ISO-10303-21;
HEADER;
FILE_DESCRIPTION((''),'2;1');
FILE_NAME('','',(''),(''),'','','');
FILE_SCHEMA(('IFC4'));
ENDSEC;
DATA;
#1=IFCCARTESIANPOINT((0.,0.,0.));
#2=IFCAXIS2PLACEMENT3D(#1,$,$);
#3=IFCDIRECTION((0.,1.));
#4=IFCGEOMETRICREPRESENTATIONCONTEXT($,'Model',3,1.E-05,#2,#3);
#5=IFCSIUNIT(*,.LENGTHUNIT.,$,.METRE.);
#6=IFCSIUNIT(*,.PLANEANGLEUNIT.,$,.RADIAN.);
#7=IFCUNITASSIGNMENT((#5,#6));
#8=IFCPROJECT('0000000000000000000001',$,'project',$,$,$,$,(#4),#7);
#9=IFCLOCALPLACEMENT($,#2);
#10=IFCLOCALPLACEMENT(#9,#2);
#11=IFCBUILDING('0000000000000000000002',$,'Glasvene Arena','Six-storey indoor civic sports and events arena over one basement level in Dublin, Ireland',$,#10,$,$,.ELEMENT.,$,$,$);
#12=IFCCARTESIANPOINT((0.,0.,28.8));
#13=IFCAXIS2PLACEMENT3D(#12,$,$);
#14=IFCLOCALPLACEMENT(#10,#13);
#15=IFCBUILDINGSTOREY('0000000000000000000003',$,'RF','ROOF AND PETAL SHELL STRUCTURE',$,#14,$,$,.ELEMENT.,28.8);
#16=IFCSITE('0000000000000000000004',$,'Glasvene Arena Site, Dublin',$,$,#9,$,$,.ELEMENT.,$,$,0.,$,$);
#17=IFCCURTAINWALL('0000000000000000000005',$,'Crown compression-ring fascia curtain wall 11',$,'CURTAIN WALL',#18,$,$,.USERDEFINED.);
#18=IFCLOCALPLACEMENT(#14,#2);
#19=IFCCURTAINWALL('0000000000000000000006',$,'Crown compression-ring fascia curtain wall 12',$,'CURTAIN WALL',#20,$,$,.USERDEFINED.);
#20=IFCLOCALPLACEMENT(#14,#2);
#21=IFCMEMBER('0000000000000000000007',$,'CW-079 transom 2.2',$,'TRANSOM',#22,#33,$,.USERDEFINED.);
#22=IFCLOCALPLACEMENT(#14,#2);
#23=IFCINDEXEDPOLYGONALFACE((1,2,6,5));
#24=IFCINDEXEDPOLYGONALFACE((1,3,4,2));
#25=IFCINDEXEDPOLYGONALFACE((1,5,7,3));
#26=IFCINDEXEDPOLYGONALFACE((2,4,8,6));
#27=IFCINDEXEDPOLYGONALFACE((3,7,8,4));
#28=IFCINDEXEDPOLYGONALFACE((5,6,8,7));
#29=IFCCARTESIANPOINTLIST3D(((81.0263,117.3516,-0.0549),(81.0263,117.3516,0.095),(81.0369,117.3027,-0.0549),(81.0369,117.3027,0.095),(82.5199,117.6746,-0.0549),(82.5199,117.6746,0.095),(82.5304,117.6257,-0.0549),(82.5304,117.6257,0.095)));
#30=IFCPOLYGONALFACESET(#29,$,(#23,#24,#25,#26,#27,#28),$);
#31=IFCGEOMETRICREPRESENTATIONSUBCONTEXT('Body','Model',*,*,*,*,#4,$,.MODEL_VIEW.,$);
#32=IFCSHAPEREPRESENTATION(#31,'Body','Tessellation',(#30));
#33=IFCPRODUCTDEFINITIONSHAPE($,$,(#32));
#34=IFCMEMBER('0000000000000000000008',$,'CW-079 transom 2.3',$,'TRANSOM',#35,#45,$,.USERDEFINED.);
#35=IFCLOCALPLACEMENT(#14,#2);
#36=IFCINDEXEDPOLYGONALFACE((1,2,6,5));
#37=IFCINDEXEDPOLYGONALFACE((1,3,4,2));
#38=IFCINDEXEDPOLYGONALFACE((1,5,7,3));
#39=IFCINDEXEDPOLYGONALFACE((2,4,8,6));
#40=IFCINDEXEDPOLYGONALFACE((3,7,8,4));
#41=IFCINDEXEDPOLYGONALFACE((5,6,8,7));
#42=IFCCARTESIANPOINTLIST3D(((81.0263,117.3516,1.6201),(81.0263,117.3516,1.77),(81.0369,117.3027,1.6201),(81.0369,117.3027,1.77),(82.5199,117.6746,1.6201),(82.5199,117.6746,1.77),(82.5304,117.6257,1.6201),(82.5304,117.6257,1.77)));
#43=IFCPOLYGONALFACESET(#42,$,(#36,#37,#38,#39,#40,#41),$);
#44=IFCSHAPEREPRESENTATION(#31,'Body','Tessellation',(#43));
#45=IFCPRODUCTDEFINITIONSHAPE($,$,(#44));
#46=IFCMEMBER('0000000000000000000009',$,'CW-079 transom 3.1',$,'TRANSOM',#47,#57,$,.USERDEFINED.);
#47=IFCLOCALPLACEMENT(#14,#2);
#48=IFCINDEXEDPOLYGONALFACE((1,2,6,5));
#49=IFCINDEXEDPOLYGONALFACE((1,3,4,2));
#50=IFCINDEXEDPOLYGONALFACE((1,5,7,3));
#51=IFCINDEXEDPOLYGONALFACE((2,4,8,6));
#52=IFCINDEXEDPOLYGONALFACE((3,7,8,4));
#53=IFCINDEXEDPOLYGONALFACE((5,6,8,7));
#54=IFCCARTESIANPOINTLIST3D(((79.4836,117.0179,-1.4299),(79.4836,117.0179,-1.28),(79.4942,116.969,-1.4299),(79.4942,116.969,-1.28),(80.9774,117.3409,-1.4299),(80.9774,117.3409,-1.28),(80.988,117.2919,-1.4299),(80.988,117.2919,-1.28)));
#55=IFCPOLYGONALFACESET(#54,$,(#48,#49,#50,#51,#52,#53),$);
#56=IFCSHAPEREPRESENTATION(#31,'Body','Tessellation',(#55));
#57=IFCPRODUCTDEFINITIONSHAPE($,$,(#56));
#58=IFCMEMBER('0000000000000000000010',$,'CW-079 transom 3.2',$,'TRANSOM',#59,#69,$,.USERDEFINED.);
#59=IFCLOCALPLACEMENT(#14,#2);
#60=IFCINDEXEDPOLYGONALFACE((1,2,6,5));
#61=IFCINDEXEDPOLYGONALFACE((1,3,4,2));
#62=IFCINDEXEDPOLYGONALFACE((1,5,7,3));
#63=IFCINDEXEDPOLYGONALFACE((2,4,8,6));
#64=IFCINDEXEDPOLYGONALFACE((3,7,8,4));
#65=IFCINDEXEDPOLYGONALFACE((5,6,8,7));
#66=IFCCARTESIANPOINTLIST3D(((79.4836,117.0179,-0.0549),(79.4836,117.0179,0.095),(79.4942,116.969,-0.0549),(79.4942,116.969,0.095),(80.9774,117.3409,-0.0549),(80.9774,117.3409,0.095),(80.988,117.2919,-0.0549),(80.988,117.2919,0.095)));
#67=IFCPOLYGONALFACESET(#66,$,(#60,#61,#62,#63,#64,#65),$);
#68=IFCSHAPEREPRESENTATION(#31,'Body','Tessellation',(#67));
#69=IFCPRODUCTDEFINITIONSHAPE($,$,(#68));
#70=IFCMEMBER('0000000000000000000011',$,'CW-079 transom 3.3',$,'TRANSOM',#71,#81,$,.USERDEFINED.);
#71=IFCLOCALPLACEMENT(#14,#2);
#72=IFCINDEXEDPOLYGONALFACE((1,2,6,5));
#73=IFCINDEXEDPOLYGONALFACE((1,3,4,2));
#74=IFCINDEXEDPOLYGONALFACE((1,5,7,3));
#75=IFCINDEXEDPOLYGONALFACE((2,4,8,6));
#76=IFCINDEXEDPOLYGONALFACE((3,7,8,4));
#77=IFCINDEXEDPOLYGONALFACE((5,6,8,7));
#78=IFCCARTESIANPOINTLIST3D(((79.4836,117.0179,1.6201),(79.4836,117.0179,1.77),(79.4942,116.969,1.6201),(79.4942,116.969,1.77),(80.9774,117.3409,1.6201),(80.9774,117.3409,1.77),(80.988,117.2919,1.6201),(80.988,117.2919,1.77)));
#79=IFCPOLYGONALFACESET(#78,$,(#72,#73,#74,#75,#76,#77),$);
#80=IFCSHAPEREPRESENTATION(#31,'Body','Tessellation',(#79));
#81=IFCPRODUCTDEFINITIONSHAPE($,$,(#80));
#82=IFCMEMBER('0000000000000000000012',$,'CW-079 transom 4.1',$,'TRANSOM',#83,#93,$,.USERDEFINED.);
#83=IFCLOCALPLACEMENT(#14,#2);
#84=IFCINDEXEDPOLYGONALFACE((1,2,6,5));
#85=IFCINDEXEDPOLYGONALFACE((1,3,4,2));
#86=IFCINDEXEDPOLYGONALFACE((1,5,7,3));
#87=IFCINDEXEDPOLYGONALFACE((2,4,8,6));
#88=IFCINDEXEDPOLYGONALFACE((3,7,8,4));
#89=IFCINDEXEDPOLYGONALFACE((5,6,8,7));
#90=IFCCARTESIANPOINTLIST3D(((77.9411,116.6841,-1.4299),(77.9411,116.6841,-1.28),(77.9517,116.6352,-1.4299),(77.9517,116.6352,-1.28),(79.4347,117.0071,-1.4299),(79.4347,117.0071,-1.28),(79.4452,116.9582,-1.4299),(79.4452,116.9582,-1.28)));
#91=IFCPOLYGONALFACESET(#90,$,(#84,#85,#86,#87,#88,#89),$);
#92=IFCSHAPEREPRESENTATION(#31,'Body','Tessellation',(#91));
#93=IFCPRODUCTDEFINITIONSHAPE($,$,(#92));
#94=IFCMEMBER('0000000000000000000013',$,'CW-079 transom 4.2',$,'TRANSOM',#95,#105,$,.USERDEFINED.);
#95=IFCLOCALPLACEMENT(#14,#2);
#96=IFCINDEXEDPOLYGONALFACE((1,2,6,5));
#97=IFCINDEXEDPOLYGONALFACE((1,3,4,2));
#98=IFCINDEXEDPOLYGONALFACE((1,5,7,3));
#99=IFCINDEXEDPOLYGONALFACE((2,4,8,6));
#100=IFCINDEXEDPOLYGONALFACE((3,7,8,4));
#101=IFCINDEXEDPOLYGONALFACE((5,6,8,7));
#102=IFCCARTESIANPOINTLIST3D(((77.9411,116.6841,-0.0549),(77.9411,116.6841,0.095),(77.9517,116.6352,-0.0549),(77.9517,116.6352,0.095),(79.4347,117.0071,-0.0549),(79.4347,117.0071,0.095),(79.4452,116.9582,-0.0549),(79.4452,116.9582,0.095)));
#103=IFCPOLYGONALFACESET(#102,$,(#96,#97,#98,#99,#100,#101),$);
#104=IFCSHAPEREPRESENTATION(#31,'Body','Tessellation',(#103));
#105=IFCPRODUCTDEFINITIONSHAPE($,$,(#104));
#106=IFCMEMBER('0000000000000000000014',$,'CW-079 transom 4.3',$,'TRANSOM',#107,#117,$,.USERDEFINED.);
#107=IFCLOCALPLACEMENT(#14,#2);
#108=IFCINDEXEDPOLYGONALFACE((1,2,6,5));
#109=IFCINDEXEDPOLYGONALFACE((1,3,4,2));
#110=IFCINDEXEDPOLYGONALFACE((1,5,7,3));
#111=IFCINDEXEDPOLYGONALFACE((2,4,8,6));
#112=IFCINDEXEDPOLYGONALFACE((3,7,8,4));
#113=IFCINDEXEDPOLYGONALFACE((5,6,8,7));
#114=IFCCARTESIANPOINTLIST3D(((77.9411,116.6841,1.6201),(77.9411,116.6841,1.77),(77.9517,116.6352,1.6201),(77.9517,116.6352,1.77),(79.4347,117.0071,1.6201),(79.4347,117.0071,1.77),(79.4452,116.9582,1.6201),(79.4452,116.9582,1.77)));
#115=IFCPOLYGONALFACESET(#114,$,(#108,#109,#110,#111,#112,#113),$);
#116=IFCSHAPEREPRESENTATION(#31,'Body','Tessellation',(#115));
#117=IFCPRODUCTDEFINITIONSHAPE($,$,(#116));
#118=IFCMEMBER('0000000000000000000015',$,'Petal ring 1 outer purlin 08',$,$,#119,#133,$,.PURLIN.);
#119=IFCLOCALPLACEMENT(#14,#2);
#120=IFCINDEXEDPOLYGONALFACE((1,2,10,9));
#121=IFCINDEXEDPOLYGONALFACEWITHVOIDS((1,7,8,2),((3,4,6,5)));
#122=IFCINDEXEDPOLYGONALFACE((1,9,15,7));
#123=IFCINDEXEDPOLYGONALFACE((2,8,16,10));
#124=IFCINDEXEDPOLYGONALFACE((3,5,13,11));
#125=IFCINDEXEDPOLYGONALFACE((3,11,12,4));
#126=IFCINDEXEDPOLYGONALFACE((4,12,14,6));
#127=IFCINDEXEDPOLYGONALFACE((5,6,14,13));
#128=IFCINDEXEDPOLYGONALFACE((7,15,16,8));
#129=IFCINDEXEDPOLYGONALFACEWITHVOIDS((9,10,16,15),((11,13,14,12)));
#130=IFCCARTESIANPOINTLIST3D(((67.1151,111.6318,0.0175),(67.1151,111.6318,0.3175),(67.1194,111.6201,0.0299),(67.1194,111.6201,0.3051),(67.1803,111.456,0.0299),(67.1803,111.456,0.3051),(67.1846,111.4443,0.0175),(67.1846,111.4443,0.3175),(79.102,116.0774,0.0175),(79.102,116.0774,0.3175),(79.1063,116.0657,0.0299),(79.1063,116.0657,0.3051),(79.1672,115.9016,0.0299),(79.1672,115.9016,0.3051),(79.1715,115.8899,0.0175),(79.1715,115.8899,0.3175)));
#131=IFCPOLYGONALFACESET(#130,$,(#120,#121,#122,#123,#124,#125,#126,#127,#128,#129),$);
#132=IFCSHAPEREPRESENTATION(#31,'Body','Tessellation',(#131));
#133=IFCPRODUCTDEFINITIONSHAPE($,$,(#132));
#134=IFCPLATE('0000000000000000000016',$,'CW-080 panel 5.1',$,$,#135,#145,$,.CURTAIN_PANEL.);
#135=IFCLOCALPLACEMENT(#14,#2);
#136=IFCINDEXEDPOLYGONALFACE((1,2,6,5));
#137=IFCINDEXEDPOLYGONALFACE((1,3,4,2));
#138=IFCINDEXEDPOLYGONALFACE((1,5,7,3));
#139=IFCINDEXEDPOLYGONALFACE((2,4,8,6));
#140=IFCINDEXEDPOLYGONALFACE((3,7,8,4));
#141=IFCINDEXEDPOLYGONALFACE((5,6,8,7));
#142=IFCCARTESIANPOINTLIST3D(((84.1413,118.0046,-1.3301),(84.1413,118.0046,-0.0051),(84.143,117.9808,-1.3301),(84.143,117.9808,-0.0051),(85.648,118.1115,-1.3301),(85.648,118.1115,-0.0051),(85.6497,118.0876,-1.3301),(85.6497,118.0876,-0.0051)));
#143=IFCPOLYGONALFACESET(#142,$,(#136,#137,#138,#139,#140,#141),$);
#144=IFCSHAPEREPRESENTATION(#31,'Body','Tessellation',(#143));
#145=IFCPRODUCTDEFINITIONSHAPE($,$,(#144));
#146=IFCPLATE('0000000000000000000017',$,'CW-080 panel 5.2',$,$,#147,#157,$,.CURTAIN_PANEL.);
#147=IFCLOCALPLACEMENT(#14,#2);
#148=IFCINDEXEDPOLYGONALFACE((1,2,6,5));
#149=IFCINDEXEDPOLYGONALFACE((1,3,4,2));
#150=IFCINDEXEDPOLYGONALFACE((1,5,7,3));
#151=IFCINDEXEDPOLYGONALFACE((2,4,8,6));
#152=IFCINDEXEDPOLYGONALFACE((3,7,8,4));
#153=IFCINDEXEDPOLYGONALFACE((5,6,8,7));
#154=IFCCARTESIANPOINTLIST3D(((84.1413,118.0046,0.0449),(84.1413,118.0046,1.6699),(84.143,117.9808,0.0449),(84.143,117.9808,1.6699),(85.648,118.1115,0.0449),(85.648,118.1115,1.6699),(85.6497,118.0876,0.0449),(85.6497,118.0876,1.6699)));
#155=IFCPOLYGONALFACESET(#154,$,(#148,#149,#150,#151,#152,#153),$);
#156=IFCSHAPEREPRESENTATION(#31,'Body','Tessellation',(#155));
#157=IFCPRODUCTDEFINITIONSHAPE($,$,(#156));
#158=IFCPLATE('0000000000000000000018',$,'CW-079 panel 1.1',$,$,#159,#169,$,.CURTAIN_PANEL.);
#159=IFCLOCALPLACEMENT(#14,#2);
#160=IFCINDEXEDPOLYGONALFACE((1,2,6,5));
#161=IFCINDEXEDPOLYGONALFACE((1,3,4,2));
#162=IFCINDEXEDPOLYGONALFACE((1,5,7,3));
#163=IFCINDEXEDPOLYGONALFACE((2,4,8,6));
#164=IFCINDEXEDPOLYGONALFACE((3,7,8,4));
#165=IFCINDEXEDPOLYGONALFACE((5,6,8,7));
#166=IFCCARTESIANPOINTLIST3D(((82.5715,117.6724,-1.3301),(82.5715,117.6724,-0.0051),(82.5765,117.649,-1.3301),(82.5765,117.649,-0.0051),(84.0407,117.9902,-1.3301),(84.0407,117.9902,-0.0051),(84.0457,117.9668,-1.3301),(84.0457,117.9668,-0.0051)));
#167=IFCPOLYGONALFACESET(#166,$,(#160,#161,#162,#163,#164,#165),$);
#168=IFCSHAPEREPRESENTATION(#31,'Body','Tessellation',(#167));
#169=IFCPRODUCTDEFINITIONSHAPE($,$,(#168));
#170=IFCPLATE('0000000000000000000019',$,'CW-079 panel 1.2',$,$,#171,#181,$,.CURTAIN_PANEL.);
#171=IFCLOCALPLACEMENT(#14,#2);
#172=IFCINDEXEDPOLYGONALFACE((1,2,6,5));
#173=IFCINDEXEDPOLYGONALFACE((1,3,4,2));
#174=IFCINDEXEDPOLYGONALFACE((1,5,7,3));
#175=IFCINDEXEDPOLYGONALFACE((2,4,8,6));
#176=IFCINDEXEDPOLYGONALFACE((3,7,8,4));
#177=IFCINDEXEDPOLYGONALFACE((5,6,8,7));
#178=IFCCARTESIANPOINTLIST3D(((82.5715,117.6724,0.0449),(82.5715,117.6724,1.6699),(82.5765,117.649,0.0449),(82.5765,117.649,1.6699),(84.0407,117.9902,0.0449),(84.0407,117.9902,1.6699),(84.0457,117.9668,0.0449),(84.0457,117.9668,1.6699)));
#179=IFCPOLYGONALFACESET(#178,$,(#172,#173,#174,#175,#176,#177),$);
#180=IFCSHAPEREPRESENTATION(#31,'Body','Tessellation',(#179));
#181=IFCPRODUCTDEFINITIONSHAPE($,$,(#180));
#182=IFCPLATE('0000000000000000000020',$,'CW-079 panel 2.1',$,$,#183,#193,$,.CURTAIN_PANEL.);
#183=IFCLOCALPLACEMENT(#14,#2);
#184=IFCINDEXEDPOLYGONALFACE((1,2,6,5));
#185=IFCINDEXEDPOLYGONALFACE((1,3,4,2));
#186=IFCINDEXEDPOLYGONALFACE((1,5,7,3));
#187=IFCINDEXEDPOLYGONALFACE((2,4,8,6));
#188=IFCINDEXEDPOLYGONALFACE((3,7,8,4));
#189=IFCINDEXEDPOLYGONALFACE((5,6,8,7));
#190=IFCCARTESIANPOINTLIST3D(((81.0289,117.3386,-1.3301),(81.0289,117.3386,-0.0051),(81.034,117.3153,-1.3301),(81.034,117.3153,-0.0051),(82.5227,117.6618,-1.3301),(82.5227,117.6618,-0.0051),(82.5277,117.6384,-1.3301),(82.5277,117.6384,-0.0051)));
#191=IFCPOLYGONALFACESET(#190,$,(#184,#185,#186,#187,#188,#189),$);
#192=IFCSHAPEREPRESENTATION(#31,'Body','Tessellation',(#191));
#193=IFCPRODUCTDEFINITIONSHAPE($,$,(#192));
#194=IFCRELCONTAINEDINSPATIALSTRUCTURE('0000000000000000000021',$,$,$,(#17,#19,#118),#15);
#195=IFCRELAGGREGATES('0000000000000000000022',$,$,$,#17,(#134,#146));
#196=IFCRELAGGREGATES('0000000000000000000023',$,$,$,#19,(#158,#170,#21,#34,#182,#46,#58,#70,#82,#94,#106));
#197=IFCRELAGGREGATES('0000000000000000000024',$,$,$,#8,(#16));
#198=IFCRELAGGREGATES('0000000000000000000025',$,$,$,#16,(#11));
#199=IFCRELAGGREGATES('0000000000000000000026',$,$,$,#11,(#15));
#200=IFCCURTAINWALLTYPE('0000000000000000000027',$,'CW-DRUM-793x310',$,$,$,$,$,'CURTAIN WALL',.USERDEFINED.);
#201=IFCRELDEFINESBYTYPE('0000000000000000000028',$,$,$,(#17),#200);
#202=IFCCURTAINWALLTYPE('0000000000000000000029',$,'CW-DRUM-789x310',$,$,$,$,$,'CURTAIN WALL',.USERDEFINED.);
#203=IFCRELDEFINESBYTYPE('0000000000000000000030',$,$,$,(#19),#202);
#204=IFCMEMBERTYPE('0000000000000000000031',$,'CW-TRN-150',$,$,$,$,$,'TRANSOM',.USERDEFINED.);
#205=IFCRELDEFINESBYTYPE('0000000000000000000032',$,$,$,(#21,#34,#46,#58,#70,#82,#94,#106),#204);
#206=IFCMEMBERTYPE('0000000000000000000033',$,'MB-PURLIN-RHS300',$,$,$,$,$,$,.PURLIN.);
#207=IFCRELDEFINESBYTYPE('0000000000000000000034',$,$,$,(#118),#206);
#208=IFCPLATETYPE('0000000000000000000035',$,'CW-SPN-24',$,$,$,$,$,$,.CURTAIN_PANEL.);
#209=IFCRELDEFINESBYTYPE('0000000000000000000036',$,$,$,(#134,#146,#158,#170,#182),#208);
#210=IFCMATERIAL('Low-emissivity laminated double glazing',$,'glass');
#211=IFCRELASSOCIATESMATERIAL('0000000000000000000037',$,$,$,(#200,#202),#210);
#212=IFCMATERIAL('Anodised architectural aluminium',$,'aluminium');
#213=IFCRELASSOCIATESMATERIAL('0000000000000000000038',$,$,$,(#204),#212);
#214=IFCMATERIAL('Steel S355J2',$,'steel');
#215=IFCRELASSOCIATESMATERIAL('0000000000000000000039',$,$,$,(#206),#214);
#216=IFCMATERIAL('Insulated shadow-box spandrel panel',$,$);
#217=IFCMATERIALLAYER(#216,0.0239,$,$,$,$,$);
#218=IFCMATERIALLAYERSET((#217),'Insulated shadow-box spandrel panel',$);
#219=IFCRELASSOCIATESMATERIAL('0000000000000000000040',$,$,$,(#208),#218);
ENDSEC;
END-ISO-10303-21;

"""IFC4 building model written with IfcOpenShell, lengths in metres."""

from ifc_helpers import new_model, si_unit, direction, frame, origin, origin_2d, place, context, subcontext, project, spatial, rectangle, hollow_rectangle, extrude, material, layer, layer_set, material_profile, profile_set, type_object, element, aggregate, save


model = new_model("IFC4")

# Units and contexts
model_context = context("Model", 3, precision=1e-05, world=origin(), true_north=direction((0.0, 1.0)))
body_context = subcontext(model_context, "Body", "Model", "MODEL_VIEW")
ifc_project = project(units=[si_unit("LENGTHUNIT", "METRE"), si_unit("PLANEANGLEUNIT", "RADIAN")], contexts=[model_context])

# Site, building, storey
site_placement = place(None, origin())
site = spatial("IfcSite", under=ifc_project, at=site_placement, Name="Glasvene Arena Site, Dublin", CompositionType="ELEMENT", RefElevation=0.0)
building_placement = place(site_placement, origin())
building = spatial("IfcBuilding", under=site, at=building_placement, Name="Glasvene Arena", Description="Six-storey indoor civic sports and events arena over one basement level in Dublin, Ireland", CompositionType="ELEMENT")
storey_placement = place(building_placement, frame((0.0, 0.0, 28.8)))
storey = spatial("IfcBuildingStorey", under=building, at=storey_placement, Name="RF", Description="ROOF AND PETAL SHELL STRUCTURE", CompositionType="ELEMENT", Elevation=28.8)

# Shared definitions
ifc_material_1 = material(Name="Steel S355J2", Category="steel")

# Curtain wall
ifc_material_2 = material(Name="Low-emissivity laminated double glazing", Category="glass")
ifc_material_3 = material(Name="Anodised architectural aluminium", Category="aluminium")
curtain_wall_type_1 = type_object("IfcCurtainWallType", Name="CW-DRUM-793x310", ElementType="CURTAIN WALL", PredefinedType="USERDEFINED", material=ifc_material_2)
curtain_wall_1_placement = place(storey_placement, frame((92.0, 118.55, 0.0)))
curtain_wall_1 = element("IfcCurtainWall", 1, at=curtain_wall_1_placement, inside=storey, type_object=curtain_wall_type_1, Name="Crown compression-ring fascia curtain wall 11", ObjectType="CURTAIN WALL", PredefinedType="USERDEFINED")

# Curtain wall
curtain_wall_type_2 = type_object("IfcCurtainWallType", Name="CW-DRUM-789x310", ElementType="CURTAIN WALL", PredefinedType="USERDEFINED", material=ifc_material_2)
curtain_wall_2_placement = place(storey_placement, frame((84.0923, 117.9893, 0.0)))
curtain_wall_2 = element("IfcCurtainWall", 2, at=curtain_wall_2_placement, inside=storey, type_object=curtain_wall_type_2, Name="Crown compression-ring fascia curtain wall 12", ObjectType="CURTAIN WALL", PredefinedType="USERDEFINED")

# Members
ifc_material_profile_1 = material_profile(ifc_material_3, rectangle(XDim=0.05, YDim=0.1499, at=origin_2d()), Name="ALU TRANSOM 50x150")
ifc_profile_set_1 = profile_set([ifc_material_profile_1], Name="Anodised architectural aluminium")
member_type_1 = type_object("IfcMemberType", Name="CW-TRN-150", ElementType="TRANSOM", PredefinedType="USERDEFINED", material=ifc_profile_set_1)
member_1_placement = place(storey_placement, frame((82.5251, 117.6501, 0.02), z_axis=(-0.977408, -0.211362, 0.0), x_axis=(0.211362, -0.977408, 0.0)))
member_1 = element("IfcMember", 3, at=member_1_placement, type_object=member_type_1, Name="CW-079 transom 2.2", ObjectType="TRANSOM", PredefinedType="USERDEFINED", context=body_context, shape_type="SweptSolid", body=[
    extrude(rectangle(XDim=0.05, YDim=0.1499, at=origin_2d()), origin(), (0.0, 0.0, 1.0), 1.5281),
])
member_2_placement = place(storey_placement, frame((82.5251, 117.6501, 1.6951), z_axis=(-0.977408, -0.211362, 0.0), x_axis=(0.211362, -0.977408, 0.0)))
member_2 = element("IfcMember", 4, at=member_2_placement, type_object=member_type_1, Name="CW-079 transom 2.3", ObjectType="TRANSOM", PredefinedType="USERDEFINED", context=body_context, shape_type="SweptSolid", body=[
    extrude(rectangle(XDim=0.05, YDim=0.1499, at=origin_2d()), origin(), (0.0, 0.0, 1.0), 1.5281),
])
member_3_placement = place(storey_placement, frame((80.9827, 117.3164, -1.355), z_axis=(-0.977415, -0.211329, 0.0), x_axis=(0.211329, -0.977415, 0.0)))
member_3 = element("IfcMember", 5, at=member_3_placement, type_object=member_type_1, Name="CW-079 transom 3.1", ObjectType="TRANSOM", PredefinedType="USERDEFINED", context=body_context, shape_type="SweptSolid", body=[
    extrude(rectangle(XDim=0.05, YDim=0.1499, at=origin_2d()), origin(), (0.0, 0.0, 1.0), 1.5283),
])
member_4_placement = place(storey_placement, frame((80.9827, 117.3164, 0.02), z_axis=(-0.977415, -0.211329, 0.0), x_axis=(0.211329, -0.977415, 0.0)))
member_4 = element("IfcMember", 6, at=member_4_placement, type_object=member_type_1, Name="CW-079 transom 3.2", ObjectType="TRANSOM", PredefinedType="USERDEFINED", context=body_context, shape_type="SweptSolid", body=[
    extrude(rectangle(XDim=0.05, YDim=0.1499, at=origin_2d()), origin(), (0.0, 0.0, 1.0), 1.5283),
])
member_5_placement = place(storey_placement, frame((80.9827, 117.3164, 1.6951), z_axis=(-0.977415, -0.211329, 0.0), x_axis=(0.211329, -0.977415, 0.0)))
member_5 = element("IfcMember", 7, at=member_5_placement, type_object=member_type_1, Name="CW-079 transom 3.3", ObjectType="TRANSOM", PredefinedType="USERDEFINED", context=body_context, shape_type="SweptSolid", body=[
    extrude(rectangle(XDim=0.05, YDim=0.1499, at=origin_2d()), origin(), (0.0, 0.0, 1.0), 1.5283),
])
member_6_placement = place(storey_placement, frame((79.4399, 116.9827, -1.355), z_axis=(-0.977408, -0.211362, 0.0), x_axis=(0.211362, -0.977408, 0.0)))
member_6 = element("IfcMember", 8, at=member_6_placement, type_object=member_type_1, Name="CW-079 transom 4.1", ObjectType="TRANSOM", PredefinedType="USERDEFINED", context=body_context, shape_type="SweptSolid", body=[
    extrude(rectangle(XDim=0.05, YDim=0.1499, at=origin_2d()), origin(), (0.0, 0.0, 1.0), 1.5281),
])
member_7_placement = place(storey_placement, frame((79.4399, 116.9827, 0.02), z_axis=(-0.977408, -0.211362, 0.0), x_axis=(0.211362, -0.977408, 0.0)))
member_7 = element("IfcMember", 9, at=member_7_placement, type_object=member_type_1, Name="CW-079 transom 4.2", ObjectType="TRANSOM", PredefinedType="USERDEFINED", context=body_context, shape_type="SweptSolid", body=[
    extrude(rectangle(XDim=0.05, YDim=0.1499, at=origin_2d()), origin(), (0.0, 0.0, 1.0), 1.5281),
])
member_8_placement = place(storey_placement, frame((79.4399, 116.9827, 1.6951), z_axis=(-0.977408, -0.211362, 0.0), x_axis=(0.211362, -0.977408, 0.0)))
member_8 = element("IfcMember", 10, at=member_8_placement, type_object=member_type_1, Name="CW-079 transom 4.3", ObjectType="TRANSOM", PredefinedType="USERDEFINED", context=body_context, shape_type="SweptSolid", body=[
    extrude(rectangle(XDim=0.05, YDim=0.1499, at=origin_2d()), origin(), (0.0, 0.0, 1.0), 1.5281),
])
ifc_material_profile_2 = material_profile(ifc_material_1, hollow_rectangle(XDim=0.2, YDim=0.3, WallThickness=0.0125, at=origin_2d()), Name="RHS 300x200x12.5")
ifc_profile_set_2 = profile_set([ifc_material_profile_2], Name="Steel S355J2")
member_type_2 = type_object("IfcMemberType", Name="MB-PURLIN-RHS300", PredefinedType="PURLIN", material=ifc_profile_set_2)
member_9_placement = place(storey_placement, frame((79.1367, 115.9836, 0.1675), z_axis=(-0.937596, -0.347727, 0.0), x_axis=(0.347727, -0.937596, 0.0)))
element("IfcMember", 11, at=member_9_placement, inside=storey, type_object=member_type_2, Name="Petal ring 1 outer purlin 08", PredefinedType="PURLIN", context=body_context, shape_type="SweptSolid", body=[
    extrude(hollow_rectangle(XDim=0.2, YDim=0.3, WallThickness=0.0125, at=origin_2d()), origin(), (0.0, 0.0, 1.0), 12.7847),
])

# Plates
ifc_material_4 = material(Name="Insulated shadow-box spandrel panel")
ifc_layer_1 = layer(ifc_material_4, 0.0239)
ifc_layer_set_1 = layer_set([ifc_layer_1], Name="Insulated shadow-box spandrel panel")
plate_type_1 = type_object("IfcPlateType", Name="CW-SPN-24", PredefinedType="CURTAIN_PANEL", material=ifc_layer_set_1)
plate_1_placement = place(storey_placement, frame((84.8955, 118.0461, -1.3301), z_axis=(0.0, 0.0, 1.0), x_axis=(-0.997495, -0.07074, 0.0)))
plate_1 = element("IfcPlate", 12, at=plate_1_placement, type_object=plate_type_1, Name="CW-080 panel 5.1", PredefinedType="CURTAIN_PANEL", context=body_context, shape_type="SweptSolid", body=[
    extrude(rectangle(XDim=1.5105, YDim=0.0239, at=origin_2d()), origin(), (0.0, 0.0, 1.0), 1.325),
])
plate_2_placement = place(storey_placement, frame((84.8955, 118.0461, 0.0449), z_axis=(0.0, 0.0, 1.0), x_axis=(-0.997495, -0.07074, 0.0)))
plate_2 = element("IfcPlate", 13, at=plate_2_placement, type_object=plate_type_1, Name="CW-080 panel 5.2", PredefinedType="CURTAIN_PANEL", context=body_context, shape_type="SweptSolid", body=[
    extrude(rectangle(XDim=1.5105, YDim=0.0239, at=origin_2d()), origin(), (0.0, 0.0, 1.0), 1.625),
])
aggregate(curtain_wall_1, [plate_1, plate_2])
plate_3_placement = place(storey_placement, frame((83.3086, 117.8196, -1.3301), z_axis=(0.0, 0.0, 1.0), x_axis=(-0.97739, -0.211445, 0.0)))
plate_3 = element("IfcPlate", 14, at=plate_3_placement, type_object=plate_type_1, Name="CW-079 panel 1.1", PredefinedType="CURTAIN_PANEL", context=body_context, shape_type="SweptSolid", body=[
    extrude(rectangle(XDim=1.5032, YDim=0.0239, at=origin_2d()), origin(), (0.0, 0.0, 1.0), 1.325),
])
plate_4_placement = place(storey_placement, frame((83.3086, 117.8196, 0.0449), z_axis=(0.0, 0.0, 1.0), x_axis=(-0.97739, -0.211445, 0.0)))
plate_4 = element("IfcPlate", 15, at=plate_4_placement, type_object=plate_type_1, Name="CW-079 panel 1.2", PredefinedType="CURTAIN_PANEL", context=body_context, shape_type="SweptSolid", body=[
    extrude(rectangle(XDim=1.5032, YDim=0.0239, at=origin_2d()), origin(), (0.0, 0.0, 1.0), 1.625),
])
plate_5_placement = place(storey_placement, frame((81.7783, 117.4885, -1.3301), z_axis=(0.0, 0.0, 1.0), x_axis=(-0.97739, -0.211445, 0.0)))
plate_5 = element("IfcPlate", 16, at=plate_5_placement, type_object=plate_type_1, Name="CW-079 panel 2.1", PredefinedType="CURTAIN_PANEL", context=body_context, shape_type="SweptSolid", body=[
    extrude(rectangle(XDim=1.5283, YDim=0.0239, at=origin_2d()), origin(), (0.0, 0.0, 1.0), 1.325),
])
aggregate(curtain_wall_2, [plate_3, plate_4, member_1, member_2, plate_5, member_3, member_4, member_5, member_6, member_7, member_8])

save(model, "model.ifc")
